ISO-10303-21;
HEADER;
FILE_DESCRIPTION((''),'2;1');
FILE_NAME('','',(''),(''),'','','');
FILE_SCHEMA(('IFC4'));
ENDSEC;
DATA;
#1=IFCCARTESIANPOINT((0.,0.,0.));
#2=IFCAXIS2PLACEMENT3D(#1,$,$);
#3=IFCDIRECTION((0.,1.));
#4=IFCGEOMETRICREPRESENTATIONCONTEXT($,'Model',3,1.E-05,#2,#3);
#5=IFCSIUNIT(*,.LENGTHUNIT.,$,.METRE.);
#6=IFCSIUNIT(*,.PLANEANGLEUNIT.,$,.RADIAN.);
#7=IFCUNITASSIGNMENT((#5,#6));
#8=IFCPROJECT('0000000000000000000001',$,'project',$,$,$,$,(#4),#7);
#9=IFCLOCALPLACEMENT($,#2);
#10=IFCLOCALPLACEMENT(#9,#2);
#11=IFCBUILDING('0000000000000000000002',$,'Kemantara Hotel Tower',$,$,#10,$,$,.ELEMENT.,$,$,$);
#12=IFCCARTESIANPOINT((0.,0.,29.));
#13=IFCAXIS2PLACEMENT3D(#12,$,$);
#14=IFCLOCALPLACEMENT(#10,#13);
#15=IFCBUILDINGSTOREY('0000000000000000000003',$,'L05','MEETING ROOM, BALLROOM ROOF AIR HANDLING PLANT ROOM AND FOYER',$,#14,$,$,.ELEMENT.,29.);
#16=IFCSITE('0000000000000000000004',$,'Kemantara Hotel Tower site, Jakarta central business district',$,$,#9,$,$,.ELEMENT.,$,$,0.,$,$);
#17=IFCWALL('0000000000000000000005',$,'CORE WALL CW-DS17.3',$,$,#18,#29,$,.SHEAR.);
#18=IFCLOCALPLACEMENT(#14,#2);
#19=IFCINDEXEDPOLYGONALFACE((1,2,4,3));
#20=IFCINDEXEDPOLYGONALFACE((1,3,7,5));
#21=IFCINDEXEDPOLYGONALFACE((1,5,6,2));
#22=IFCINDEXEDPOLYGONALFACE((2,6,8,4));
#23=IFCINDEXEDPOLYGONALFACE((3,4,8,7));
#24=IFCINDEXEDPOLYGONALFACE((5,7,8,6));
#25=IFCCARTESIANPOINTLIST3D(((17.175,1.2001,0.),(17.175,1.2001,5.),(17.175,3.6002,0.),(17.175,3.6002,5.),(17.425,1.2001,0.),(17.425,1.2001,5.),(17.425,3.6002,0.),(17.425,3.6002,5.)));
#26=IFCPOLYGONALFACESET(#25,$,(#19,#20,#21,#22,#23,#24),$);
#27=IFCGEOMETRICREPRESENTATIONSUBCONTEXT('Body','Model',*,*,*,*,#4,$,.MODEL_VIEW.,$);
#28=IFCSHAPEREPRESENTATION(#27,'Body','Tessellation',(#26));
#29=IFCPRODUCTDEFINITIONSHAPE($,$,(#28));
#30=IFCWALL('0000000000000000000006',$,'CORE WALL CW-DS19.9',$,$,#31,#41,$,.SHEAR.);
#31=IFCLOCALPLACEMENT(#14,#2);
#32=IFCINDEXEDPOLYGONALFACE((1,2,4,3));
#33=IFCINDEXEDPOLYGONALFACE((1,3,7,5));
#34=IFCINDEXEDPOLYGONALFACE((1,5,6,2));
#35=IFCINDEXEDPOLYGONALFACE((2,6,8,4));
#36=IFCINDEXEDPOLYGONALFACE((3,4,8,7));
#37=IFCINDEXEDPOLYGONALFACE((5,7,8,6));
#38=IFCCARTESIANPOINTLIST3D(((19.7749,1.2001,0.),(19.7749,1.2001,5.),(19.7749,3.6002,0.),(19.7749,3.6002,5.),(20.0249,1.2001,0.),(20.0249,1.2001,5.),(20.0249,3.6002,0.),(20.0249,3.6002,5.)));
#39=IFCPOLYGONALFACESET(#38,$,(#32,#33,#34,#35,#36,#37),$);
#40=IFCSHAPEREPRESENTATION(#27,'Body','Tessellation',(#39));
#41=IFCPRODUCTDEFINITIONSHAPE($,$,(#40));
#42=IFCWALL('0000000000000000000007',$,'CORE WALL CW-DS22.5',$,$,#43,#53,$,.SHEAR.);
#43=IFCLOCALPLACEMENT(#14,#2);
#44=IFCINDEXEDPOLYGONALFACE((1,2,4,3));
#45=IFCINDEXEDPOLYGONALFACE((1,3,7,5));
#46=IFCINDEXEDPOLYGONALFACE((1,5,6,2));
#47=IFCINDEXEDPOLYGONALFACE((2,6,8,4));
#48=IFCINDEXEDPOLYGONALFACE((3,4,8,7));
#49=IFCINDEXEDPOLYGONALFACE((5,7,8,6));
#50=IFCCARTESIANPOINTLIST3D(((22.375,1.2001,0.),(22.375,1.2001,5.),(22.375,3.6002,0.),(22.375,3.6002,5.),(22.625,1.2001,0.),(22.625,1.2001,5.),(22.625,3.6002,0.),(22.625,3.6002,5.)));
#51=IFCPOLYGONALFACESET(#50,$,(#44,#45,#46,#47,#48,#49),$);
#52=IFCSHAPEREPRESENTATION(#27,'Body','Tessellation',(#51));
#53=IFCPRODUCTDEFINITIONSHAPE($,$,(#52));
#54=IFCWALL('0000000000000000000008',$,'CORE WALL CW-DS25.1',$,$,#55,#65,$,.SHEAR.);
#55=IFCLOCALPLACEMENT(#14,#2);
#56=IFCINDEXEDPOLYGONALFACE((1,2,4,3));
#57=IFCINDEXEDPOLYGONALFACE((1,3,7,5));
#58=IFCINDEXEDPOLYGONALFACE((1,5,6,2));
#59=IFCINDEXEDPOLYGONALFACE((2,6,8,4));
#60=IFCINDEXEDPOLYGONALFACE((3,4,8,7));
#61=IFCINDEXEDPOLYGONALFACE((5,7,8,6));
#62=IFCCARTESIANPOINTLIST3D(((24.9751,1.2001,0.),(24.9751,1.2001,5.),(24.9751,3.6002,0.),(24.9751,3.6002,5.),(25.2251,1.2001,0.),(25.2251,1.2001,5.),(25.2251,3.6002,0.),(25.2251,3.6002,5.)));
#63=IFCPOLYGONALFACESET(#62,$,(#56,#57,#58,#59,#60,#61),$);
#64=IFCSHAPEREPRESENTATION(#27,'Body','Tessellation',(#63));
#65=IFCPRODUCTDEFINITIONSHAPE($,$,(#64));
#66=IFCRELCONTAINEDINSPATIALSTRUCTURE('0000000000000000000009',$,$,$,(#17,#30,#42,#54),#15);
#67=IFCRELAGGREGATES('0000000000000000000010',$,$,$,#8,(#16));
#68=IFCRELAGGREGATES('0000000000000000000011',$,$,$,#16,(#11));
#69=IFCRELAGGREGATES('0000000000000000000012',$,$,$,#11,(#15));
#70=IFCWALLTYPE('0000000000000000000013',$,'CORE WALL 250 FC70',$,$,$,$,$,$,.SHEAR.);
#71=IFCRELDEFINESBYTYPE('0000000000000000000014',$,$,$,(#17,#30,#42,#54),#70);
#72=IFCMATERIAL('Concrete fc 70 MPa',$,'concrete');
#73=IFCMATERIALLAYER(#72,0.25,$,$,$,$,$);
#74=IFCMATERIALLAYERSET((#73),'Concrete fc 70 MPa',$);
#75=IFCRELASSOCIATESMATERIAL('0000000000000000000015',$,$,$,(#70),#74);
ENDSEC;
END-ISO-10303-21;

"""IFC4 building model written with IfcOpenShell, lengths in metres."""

from ifc_helpers import new_model, si_unit, direction, frame, frame_2d, origin, place, context, subcontext, project, spatial, rectangle, extrude, material, layer, layer_set, type_object, element, save


model = new_model("IFC4")

# Units and contexts
model_context = context("Model", 3, precision=1e-05, world=origin(), true_north=direction((0.0, 1.0)))
body_context = subcontext(model_context, "Body", "Model", "MODEL_VIEW")
ifc_project = project(units=[si_unit("LENGTHUNIT", "METRE"), si_unit("PLANEANGLEUNIT", "RADIAN")], contexts=[model_context])

# Site, building, storey
site_placement = place(None, origin())
site = spatial("IfcSite", under=ifc_project, at=site_placement, Name="Kemantara Hotel Tower site, Jakarta central business district", CompositionType="ELEMENT", RefElevation=0.0)
building_placement = place(site_placement, origin())
building = spatial("IfcBuilding", under=site, at=building_placement, Name="Kemantara Hotel Tower", CompositionType="ELEMENT")
storey_placement = place(building_placement, frame((0.0, 0.0, 29.0)))
storey = spatial("IfcBuildingStorey", under=building, at=storey_placement, Name="L05", Description="MEETING ROOM, BALLROOM ROOF AIR HANDLING PLANT ROOM AND FOYER", CompositionType="ELEMENT", Elevation=29.0)

# Walls
ifc_material_1 = material(Name="Concrete fc 70 MPa", Category="concrete")
ifc_layer_1 = layer(ifc_material_1, 0.25)
ifc_layer_set_1 = layer_set([ifc_layer_1], Name="Concrete fc 70 MPa")
wall_type_1 = type_object("IfcWallType", Name="CORE WALL 250 FC70", PredefinedType="SHEAR", material=ifc_layer_set_1)
for number, where, z_axis, x_axis, name in (
    (1, (17.3, 1.2, 0.0), (0.0, 0.0, 1.0), (0.0, 1.0, 0.0), "CORE WALL CW-DS17.3"),
    (2, (19.8999, 1.2, 0.0), (0.0, 0.0, 1.0), (0.0, 1.0, 0.0), "CORE WALL CW-DS19.9"),
    (3, (22.5, 1.2, 0.0), (0.0, 0.0, 1.0), (0.0, 1.0, 0.0), "CORE WALL CW-DS22.5"),
    (4, (25.1001, 1.2, 0.0), (0.0, 0.0, 1.0), (0.0, 1.0, 0.0), "CORE WALL CW-DS25.1"),
):
    element("IfcWall", number, at=place(storey_placement, frame(where, z_axis=z_axis, x_axis=x_axis)), inside=storey, type_object=wall_type_1, Name=name, PredefinedType="SHEAR", context=body_context, shape_type="SweptSolid", body=[
        extrude(rectangle(XDim=2.4001, YDim=0.25, at=frame_2d((1.2002, 0.0))), origin(), (0.0, 0.0, 1.0), 5.0),
    ])

save(model, "model.ifc")
